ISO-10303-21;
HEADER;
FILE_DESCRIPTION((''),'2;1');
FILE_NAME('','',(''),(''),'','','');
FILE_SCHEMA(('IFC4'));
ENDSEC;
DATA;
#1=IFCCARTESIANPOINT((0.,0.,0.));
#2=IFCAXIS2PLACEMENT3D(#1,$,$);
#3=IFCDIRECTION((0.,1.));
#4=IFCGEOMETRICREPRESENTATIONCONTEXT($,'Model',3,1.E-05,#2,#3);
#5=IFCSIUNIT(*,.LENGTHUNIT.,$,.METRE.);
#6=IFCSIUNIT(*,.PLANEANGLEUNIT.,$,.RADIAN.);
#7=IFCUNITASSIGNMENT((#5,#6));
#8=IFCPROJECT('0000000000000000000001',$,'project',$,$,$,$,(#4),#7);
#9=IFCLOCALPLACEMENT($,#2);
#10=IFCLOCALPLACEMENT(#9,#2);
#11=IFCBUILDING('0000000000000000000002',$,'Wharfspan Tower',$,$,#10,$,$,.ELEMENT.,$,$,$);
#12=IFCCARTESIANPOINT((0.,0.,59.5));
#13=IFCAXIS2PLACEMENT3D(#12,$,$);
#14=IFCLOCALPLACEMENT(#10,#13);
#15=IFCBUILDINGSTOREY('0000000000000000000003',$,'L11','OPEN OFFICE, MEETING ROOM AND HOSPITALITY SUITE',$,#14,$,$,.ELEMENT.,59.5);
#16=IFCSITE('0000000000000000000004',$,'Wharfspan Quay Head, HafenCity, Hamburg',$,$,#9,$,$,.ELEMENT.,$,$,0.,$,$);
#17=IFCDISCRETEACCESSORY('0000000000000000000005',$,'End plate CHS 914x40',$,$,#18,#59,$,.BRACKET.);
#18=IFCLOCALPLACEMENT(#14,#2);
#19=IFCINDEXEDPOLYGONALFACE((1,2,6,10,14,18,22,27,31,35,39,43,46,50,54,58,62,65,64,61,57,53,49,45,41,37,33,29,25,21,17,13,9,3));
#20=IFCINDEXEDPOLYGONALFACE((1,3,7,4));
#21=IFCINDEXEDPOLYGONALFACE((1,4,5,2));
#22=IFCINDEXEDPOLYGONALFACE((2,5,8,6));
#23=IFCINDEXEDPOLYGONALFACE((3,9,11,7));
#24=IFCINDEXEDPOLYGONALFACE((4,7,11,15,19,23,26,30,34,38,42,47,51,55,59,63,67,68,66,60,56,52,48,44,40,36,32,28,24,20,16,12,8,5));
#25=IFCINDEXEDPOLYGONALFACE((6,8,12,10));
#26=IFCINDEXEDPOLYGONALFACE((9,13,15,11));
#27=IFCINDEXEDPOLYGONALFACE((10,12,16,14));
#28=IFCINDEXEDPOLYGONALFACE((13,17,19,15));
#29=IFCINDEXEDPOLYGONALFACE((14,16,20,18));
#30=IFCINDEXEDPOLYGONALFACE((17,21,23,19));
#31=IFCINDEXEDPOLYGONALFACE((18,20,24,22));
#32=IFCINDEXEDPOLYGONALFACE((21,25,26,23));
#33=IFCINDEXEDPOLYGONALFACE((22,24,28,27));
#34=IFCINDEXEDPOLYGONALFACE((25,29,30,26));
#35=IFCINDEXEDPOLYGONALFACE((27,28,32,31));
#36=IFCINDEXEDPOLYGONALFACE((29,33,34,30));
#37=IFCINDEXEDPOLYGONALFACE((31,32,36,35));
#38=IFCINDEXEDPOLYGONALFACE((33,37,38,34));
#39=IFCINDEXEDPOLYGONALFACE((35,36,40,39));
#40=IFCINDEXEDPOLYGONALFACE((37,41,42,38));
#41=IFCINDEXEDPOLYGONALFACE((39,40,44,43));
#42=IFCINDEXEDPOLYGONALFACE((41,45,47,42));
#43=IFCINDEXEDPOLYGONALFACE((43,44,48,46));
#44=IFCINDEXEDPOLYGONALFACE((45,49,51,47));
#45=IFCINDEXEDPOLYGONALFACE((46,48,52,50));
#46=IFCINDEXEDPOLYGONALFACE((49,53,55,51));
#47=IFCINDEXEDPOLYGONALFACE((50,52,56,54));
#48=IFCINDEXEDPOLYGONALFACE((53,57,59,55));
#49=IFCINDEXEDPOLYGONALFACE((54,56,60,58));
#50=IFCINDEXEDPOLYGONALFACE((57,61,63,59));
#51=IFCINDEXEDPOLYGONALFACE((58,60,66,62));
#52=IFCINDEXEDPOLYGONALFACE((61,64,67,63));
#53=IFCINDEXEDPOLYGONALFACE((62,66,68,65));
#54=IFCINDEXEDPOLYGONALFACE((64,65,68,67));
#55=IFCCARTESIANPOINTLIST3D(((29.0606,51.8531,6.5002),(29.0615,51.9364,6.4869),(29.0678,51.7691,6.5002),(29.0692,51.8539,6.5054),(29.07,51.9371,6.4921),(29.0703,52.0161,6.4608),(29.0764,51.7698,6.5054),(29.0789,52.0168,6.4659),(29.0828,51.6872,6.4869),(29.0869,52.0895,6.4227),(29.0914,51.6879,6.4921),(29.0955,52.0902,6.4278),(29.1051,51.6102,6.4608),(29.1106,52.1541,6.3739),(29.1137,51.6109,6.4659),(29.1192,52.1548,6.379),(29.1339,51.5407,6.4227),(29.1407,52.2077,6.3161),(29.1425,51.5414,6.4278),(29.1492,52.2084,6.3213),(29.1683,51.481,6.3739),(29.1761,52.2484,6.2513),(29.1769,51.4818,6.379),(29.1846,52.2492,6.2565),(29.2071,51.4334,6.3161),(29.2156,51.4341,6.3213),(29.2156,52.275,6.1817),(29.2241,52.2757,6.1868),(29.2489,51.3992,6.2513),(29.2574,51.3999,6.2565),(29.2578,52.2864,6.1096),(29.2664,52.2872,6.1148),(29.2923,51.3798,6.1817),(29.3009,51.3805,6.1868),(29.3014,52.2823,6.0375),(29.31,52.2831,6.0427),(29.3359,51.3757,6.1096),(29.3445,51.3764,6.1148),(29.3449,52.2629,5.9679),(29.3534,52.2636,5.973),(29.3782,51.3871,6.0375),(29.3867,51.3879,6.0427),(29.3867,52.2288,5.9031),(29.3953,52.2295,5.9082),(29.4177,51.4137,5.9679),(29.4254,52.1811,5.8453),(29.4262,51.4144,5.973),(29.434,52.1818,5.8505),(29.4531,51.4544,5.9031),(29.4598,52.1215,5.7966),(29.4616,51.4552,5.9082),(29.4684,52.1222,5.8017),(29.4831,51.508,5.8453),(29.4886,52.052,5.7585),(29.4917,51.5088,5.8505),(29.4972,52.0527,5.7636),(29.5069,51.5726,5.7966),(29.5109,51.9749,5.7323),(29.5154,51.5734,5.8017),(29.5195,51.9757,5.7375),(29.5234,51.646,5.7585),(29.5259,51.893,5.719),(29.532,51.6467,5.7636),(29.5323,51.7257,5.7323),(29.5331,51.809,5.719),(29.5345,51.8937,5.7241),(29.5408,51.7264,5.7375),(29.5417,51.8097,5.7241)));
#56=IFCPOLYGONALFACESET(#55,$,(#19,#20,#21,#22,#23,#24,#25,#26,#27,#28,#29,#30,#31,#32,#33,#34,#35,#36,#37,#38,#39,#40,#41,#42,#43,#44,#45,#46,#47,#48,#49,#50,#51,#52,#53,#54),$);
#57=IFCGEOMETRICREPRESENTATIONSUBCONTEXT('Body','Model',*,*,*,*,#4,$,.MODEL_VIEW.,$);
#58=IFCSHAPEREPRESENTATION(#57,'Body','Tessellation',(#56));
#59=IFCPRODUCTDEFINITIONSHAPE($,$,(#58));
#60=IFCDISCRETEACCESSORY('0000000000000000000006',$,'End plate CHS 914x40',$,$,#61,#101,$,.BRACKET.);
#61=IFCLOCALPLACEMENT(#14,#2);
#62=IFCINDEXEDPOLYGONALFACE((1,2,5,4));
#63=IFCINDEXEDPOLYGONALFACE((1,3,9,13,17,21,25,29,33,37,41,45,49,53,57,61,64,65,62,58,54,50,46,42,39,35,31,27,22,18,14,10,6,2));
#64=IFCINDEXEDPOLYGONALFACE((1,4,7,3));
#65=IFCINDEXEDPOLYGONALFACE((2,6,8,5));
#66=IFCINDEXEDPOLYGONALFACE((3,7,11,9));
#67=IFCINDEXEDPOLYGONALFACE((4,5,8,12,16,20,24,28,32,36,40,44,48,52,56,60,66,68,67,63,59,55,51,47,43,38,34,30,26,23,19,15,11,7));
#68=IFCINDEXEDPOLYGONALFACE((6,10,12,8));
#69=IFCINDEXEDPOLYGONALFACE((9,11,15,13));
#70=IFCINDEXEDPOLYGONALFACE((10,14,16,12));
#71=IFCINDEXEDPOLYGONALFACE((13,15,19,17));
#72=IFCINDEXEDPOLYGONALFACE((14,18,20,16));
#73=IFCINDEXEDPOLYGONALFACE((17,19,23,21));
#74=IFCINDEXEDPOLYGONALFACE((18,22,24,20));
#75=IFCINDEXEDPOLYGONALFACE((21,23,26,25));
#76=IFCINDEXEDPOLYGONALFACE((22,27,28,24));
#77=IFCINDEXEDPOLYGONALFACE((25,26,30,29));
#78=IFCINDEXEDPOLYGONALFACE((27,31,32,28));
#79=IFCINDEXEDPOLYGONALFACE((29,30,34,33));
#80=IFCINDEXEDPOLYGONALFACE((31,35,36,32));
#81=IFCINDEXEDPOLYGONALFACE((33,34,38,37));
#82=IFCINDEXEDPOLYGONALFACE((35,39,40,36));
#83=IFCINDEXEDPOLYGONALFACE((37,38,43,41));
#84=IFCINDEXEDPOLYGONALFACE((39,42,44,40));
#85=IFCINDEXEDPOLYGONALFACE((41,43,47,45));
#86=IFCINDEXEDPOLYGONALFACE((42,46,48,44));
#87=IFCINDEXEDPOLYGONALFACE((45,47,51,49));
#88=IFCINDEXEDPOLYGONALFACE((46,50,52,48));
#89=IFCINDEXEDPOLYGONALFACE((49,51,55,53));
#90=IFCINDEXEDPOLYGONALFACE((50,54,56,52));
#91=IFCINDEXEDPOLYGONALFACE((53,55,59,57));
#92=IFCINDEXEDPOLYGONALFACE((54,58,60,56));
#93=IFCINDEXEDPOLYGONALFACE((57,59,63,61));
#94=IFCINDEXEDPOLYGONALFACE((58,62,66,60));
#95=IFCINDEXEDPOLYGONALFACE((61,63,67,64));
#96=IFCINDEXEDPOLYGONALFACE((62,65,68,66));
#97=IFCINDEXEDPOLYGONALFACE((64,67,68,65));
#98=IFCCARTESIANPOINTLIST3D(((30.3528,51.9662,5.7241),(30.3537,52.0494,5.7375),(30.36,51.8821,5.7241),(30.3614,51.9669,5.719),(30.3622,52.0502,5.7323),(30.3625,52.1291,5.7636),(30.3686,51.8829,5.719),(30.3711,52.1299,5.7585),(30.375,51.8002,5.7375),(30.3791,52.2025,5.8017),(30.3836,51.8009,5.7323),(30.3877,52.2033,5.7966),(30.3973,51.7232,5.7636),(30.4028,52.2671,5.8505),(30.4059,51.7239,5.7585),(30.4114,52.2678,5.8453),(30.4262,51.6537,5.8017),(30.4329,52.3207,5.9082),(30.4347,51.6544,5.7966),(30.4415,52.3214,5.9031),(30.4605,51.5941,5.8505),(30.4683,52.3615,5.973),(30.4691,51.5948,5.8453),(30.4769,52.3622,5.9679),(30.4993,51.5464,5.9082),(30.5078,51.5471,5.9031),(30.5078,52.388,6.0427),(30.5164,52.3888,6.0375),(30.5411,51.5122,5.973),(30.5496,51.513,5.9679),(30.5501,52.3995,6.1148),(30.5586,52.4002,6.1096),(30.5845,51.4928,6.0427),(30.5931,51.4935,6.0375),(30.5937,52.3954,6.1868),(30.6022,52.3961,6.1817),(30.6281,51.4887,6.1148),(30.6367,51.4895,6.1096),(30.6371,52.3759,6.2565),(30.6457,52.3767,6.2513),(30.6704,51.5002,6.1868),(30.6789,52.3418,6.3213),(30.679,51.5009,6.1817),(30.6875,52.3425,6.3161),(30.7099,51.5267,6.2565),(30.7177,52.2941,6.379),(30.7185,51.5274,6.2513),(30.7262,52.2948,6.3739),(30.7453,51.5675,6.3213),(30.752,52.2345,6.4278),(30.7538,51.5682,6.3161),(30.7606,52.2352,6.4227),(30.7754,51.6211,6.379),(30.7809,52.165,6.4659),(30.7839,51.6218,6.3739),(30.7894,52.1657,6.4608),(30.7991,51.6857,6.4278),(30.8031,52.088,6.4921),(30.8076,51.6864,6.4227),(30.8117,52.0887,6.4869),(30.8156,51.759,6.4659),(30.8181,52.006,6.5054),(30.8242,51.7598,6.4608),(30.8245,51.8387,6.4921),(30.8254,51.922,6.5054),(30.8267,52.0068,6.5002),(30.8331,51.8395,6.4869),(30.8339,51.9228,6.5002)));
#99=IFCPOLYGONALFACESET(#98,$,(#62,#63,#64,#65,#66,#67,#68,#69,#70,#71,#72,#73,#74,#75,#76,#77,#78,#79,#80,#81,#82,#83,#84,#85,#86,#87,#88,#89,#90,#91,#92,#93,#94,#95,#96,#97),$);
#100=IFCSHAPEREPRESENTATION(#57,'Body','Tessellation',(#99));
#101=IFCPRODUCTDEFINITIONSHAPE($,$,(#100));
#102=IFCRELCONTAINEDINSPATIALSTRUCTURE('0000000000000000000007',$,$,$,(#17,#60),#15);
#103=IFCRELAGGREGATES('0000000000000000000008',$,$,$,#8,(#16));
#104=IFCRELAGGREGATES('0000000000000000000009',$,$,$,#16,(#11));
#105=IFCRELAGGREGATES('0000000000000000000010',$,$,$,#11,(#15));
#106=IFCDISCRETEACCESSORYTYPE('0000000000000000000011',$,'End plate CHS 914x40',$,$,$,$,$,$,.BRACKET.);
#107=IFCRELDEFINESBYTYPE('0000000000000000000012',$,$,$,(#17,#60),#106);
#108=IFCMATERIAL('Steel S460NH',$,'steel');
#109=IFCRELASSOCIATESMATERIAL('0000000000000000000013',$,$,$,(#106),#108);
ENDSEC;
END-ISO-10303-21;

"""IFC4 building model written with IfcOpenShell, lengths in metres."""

from ifc_helpers import new_model, si_unit, direction, frame, origin, origin_2d, place, context, subcontext, project, spatial, circle, extrude, material, material_profile, profile_set, type_object, element, save


model = new_model("IFC4")

# Units and contexts
model_context = context("Model", 3, precision=1e-05, world=origin(), true_north=direction((0.0, 1.0)))
body_context = subcontext(model_context, "Body", "Model", "MODEL_VIEW")
ifc_project = project(units=[si_unit("LENGTHUNIT", "METRE"), si_unit("PLANEANGLEUNIT", "RADIAN")], contexts=[model_context])

# Site, building, storey
site_placement = place(None, origin())
site = spatial("IfcSite", under=ifc_project, at=site_placement, Name="Wharfspan Quay Head, HafenCity, Hamburg", CompositionType="ELEMENT", RefElevation=0.0)
building_placement = place(site_placement, origin())
building = spatial("IfcBuilding", under=site, at=building_placement, Name="Wharfspan Tower", CompositionType="ELEMENT")
storey_placement = place(building_placement, frame((0.0, 0.0, 59.5)))
storey = spatial("IfcBuildingStorey", under=building, at=storey_placement, Name="L11", Description="OPEN OFFICE, MEETING ROOM AND HOSPITALITY SUITE", CompositionType="ELEMENT", Elevation=59.5)

# Shared definitions
ifc_material_1 = material(Name="Steel S460NH", Category="steel")

# Discrete accessories
ifc_material_profile_1 = material_profile(ifc_material_1, circle(Radius=0.457, at=origin_2d()))
ifc_profile_set_1 = profile_set([ifc_material_profile_1], Name="Steel S460NH")
discrete_accessory_type = type_object("IfcDiscreteAccessoryType", Name="End plate CHS 914x40", PredefinedType="BRACKET", material=ifc_profile_set_1)
for number, where, z_axis, x_axis, name in (
    (1, (29.2969, 51.8311, 6.1096), (0.855186, 0.073302, 0.513112), (-0.085402, 0.996345, 0.000001), "End plate CHS 914x40"),
    (2, (30.5977, 51.9448, 6.1096), (-0.855186, -0.073302, 0.513112), (0.085402, -0.996345, 0.000001), "End plate CHS 914x40"),
):
    element("IfcDiscreteAccessory", number, at=place(storey_placement, frame(where, z_axis=z_axis, x_axis=x_axis)), inside=storey, type_object=discrete_accessory_type, Name=name, PredefinedType="BRACKET", context=body_context, shape_type="SweptSolid", body=[
        extrude(circle(Radius=0.457, at=origin_2d()), origin(), (0.0, 0.0, 1.0), 0.01),
    ])

save(model, "model.ifc")
